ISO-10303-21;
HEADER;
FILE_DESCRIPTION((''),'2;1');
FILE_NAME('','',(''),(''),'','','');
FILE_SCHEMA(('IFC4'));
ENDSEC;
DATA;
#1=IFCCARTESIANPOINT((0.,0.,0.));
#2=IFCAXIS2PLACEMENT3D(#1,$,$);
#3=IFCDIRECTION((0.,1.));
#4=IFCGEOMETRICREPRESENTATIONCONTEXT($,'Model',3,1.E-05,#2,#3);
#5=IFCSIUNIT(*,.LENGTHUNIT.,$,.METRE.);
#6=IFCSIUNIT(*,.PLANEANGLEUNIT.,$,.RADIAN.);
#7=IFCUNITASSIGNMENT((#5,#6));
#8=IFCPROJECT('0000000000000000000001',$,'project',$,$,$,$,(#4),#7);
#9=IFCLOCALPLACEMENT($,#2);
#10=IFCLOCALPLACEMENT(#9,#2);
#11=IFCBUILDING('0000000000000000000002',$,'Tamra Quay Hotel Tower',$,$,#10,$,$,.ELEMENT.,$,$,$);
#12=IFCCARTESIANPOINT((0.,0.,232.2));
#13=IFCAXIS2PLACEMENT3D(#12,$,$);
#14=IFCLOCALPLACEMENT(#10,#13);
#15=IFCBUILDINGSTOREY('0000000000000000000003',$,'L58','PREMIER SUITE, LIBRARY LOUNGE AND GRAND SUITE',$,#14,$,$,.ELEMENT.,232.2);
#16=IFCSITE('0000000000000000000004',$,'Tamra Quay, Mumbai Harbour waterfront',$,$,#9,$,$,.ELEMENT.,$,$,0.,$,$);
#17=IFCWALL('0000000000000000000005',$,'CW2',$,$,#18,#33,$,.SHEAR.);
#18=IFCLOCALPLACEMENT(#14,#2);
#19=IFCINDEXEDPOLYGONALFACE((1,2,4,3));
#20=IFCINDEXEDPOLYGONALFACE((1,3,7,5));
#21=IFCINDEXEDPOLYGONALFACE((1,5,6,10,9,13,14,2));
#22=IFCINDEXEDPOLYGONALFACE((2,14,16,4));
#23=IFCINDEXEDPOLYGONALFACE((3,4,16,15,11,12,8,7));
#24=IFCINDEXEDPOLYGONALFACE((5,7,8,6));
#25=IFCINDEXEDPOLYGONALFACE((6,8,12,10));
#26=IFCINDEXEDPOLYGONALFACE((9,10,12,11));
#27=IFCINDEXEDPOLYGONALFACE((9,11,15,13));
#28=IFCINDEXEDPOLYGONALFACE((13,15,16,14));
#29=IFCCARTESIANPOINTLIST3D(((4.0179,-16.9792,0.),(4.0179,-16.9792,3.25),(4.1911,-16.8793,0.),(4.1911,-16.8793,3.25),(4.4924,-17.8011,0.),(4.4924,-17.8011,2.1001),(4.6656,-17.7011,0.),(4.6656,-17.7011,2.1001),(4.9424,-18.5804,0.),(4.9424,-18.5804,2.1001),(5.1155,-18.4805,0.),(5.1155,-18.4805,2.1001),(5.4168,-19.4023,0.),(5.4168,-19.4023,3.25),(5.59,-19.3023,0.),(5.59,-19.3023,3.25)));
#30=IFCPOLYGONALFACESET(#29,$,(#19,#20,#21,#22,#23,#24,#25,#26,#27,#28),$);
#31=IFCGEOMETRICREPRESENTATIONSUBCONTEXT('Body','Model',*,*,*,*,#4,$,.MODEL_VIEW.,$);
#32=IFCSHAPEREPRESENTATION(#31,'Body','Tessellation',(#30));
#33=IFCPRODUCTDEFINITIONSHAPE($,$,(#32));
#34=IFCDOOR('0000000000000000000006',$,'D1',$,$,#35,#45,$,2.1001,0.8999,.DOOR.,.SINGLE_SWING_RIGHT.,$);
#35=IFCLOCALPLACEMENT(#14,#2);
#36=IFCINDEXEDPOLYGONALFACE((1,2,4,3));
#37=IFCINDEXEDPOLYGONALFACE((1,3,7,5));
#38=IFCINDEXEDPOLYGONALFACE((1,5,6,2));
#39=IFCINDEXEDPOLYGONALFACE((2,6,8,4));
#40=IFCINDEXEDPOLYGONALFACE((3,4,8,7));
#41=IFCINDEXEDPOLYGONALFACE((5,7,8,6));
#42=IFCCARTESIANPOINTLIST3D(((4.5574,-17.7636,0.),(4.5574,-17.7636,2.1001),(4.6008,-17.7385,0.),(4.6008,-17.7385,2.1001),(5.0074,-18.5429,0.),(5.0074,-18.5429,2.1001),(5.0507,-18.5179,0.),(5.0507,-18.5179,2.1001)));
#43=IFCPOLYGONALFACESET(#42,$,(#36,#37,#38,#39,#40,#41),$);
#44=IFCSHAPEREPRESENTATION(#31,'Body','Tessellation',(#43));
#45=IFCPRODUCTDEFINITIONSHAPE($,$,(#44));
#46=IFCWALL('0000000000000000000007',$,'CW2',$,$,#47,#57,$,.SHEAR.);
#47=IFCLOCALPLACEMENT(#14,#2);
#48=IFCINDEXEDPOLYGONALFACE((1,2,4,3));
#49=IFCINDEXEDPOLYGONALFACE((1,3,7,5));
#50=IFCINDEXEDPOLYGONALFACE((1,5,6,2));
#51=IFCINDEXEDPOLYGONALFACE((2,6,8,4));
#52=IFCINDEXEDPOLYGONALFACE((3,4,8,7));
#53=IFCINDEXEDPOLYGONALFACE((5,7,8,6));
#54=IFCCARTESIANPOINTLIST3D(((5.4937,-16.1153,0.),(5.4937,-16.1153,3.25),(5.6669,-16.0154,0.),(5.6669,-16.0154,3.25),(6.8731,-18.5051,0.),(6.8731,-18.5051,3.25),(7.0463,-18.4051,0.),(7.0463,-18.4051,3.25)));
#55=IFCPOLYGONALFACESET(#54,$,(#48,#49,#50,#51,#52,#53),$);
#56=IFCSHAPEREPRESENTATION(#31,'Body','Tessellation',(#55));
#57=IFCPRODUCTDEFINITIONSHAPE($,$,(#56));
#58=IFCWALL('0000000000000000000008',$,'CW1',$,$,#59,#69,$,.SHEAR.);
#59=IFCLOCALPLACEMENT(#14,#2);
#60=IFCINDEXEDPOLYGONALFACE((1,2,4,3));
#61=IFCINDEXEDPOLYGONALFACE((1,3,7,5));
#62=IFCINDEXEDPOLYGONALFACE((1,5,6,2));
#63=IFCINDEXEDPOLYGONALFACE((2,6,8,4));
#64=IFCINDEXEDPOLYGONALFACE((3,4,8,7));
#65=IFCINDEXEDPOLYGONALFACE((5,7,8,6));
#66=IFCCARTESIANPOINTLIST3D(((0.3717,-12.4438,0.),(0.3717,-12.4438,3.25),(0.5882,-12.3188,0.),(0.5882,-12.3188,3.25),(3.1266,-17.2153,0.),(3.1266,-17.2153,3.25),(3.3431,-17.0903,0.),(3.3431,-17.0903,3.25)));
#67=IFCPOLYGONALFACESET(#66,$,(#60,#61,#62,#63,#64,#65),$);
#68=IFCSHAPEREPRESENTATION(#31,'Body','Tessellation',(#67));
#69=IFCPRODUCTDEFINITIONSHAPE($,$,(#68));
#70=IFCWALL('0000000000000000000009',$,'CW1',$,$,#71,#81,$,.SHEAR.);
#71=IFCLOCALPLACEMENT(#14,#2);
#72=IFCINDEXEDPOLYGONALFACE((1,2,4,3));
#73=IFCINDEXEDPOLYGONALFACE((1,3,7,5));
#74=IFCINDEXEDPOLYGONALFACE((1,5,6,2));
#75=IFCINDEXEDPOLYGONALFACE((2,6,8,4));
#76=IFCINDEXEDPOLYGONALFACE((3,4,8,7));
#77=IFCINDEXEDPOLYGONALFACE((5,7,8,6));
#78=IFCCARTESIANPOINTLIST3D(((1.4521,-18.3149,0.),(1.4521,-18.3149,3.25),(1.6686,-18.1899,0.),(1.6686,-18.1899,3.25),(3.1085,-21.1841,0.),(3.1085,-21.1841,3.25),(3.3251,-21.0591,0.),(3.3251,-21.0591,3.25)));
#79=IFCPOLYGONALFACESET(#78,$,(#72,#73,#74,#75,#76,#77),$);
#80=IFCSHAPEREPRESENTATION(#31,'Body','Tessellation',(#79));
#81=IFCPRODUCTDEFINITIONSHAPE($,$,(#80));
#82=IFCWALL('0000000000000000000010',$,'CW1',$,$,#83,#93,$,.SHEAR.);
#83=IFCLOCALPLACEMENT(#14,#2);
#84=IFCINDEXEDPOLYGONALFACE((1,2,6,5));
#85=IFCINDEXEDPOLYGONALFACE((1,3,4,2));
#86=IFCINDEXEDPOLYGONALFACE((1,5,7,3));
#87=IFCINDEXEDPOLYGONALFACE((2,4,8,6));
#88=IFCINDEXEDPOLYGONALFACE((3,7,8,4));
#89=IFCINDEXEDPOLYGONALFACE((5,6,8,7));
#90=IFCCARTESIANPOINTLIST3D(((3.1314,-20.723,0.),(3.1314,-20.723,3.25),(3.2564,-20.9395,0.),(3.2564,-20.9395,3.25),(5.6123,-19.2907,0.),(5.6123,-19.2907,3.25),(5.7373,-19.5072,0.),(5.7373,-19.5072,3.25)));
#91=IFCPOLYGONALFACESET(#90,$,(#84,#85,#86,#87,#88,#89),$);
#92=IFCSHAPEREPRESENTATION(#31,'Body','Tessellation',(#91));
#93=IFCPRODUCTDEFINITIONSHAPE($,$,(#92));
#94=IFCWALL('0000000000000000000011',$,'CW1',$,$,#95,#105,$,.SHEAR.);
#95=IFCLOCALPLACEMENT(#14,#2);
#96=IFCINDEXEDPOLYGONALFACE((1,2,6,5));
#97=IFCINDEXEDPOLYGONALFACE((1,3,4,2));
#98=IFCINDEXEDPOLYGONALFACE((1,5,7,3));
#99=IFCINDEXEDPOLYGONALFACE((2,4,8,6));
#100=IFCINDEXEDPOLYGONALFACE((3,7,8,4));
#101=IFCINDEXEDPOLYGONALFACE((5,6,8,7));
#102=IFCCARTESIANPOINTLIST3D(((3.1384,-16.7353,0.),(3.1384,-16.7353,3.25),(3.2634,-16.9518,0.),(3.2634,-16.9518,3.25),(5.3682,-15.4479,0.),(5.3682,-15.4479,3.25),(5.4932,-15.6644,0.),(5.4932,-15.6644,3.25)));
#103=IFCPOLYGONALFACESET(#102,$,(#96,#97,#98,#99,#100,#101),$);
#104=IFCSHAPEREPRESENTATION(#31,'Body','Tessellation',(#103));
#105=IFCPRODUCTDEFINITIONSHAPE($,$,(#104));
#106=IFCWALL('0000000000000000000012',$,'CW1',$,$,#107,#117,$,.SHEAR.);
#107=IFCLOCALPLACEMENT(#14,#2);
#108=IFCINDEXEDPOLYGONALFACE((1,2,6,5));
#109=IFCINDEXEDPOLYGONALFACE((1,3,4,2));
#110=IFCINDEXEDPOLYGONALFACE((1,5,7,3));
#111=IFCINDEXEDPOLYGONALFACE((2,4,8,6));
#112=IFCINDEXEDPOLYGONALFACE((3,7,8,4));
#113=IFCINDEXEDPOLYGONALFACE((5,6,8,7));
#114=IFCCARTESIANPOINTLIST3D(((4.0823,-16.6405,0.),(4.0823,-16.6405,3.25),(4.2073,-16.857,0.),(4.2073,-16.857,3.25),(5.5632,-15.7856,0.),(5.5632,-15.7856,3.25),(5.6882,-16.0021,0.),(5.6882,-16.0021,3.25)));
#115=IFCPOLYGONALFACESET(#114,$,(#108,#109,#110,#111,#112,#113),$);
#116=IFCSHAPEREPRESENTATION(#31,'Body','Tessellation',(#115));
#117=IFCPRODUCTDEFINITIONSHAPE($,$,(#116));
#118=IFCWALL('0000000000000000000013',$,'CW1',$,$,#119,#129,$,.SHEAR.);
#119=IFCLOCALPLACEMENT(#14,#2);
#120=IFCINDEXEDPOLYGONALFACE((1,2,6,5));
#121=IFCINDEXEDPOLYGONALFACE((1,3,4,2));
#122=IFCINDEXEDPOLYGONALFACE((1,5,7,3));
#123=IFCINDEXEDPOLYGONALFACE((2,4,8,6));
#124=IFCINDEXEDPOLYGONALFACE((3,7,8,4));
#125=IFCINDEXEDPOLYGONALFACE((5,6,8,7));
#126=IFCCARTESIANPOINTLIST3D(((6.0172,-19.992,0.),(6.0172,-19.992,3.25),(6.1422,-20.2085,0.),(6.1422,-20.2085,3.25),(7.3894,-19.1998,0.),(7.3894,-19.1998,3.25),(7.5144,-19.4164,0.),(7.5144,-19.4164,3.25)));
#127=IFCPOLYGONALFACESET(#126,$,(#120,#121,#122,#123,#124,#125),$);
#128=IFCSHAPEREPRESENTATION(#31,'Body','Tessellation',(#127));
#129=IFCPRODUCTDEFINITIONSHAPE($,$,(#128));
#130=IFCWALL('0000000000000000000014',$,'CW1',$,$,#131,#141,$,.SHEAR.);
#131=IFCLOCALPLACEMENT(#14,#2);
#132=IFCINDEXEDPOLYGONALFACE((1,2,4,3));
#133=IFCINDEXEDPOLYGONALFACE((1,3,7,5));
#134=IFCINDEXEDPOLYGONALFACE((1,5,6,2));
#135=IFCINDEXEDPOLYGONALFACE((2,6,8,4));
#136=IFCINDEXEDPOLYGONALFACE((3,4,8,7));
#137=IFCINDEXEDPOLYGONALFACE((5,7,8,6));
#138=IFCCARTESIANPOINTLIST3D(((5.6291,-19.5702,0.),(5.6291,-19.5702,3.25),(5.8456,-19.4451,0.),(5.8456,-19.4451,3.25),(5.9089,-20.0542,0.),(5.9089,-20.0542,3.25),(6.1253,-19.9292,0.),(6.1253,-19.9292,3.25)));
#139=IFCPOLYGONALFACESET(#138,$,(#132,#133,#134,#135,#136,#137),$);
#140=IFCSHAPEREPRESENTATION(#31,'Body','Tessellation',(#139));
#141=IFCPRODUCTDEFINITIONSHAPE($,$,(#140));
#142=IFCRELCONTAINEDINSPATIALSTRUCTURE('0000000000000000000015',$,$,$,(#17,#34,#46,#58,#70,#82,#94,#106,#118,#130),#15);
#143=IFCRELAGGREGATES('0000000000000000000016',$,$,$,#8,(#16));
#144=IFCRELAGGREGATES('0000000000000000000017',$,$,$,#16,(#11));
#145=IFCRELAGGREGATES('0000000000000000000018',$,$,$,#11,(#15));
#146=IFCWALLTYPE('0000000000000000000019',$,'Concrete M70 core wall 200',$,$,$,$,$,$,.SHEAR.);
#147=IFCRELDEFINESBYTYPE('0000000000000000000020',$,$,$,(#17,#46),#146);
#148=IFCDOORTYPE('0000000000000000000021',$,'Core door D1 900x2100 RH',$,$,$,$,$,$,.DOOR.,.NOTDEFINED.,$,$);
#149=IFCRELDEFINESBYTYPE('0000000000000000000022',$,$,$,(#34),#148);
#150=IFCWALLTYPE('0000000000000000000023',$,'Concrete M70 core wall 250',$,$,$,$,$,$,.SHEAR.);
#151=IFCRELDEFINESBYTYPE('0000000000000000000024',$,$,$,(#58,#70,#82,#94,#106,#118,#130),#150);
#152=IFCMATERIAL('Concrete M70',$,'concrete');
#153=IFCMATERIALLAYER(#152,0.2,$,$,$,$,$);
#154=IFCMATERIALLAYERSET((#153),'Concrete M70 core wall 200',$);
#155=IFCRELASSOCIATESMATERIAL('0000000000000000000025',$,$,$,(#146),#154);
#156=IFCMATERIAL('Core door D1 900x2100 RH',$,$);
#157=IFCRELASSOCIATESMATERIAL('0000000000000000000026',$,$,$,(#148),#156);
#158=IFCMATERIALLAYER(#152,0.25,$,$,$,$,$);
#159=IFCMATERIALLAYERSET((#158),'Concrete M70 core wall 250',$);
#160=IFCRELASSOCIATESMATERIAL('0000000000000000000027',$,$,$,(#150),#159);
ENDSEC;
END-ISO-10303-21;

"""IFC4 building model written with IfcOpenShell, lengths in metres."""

from ifc_helpers import new_model, si_unit, direction, frame, frame_2d, origin, place, context, subcontext, project, spatial, rectangle, extrude, material, layer, layer_set, type_object, element, fill, save


model = new_model("IFC4")

# Units and contexts
model_context = context("Model", 3, precision=1e-05, world=origin(), true_north=direction((0.0, 1.0)))
body_context = subcontext(model_context, "Body", "Model", "MODEL_VIEW")
ifc_project = project(units=[si_unit("LENGTHUNIT", "METRE"), si_unit("PLANEANGLEUNIT", "RADIAN")], contexts=[model_context])

# Site, building, storey
site_placement = place(None, origin())
site = spatial("IfcSite", under=ifc_project, at=site_placement, Name="Tamra Quay, Mumbai Harbour waterfront", CompositionType="ELEMENT", RefElevation=0.0)
building_placement = place(site_placement, origin())
building = spatial("IfcBuilding", under=site, at=building_placement, Name="Tamra Quay Hotel Tower", CompositionType="ELEMENT")
storey_placement = place(building_placement, frame((0.0, 0.0, 232.2)))
storey = spatial("IfcBuildingStorey", under=building, at=storey_placement, Name="L58", Description="PREMIER SUITE, LIBRARY LOUNGE AND GRAND SUITE", CompositionType="ELEMENT", Elevation=232.2)

# Shared definitions
ifc_material_1 = material(Name="Concrete M70", Category="concrete")

# Shared definitions
ifc_layer_1 = layer(ifc_material_1, 0.2)
ifc_layer_set_1 = layer_set([ifc_layer_1], Name="Concrete M70 core wall 200")
wall_type_1 = type_object("IfcWallType", Name="Concrete M70 core wall 200", PredefinedType="SHEAR", material=ifc_layer_set_1)

# Wall, opening, door
wall_1_placement = place(storey_placement, frame((5.5034, -19.3523, 0.0), z_axis=(0.0, 0.0, 1.0), x_axis=(-0.499987, 0.866033, 0.0)))
wall_1 = element("IfcWall", 1, at=wall_1_placement, inside=storey, type_object=wall_type_1, Name="CW2", PredefinedType="SHEAR", context=body_context, shape_type="SweptSolid", body=[
    extrude(rectangle(XDim=2.7979, YDim=0.2, at=frame_2d((1.3989, 0.0))), origin(), (0.0, 0.0, 1.0), 3.25),
])
opening_1_placement = place(wall_1_placement, frame((0.949, 0.0, 0.0)))
opening_1 = element("IfcOpeningElement", 2, at=opening_1_placement, cuts=wall_1, PredefinedType="OPENING", context=body_context, shape_type="SweptSolid", body=[
    extrude(rectangle(XDim=0.8999, YDim=2.1001, at=frame_2d((0.45, 1.05))), frame((0.0, 0.1099, 0.0), z_axis=(0.0, -1.0, 0.0), x_axis=(1.0, 0.0, 0.0)), (0.0, 0.0, 1.0), 0.22),
])
ifc_material_2 = material(Name="Core door D1 900x2100 RH")
door_type_1 = type_object("IfcDoorType", Name="Core door D1 900x2100 RH", OperationType="NOTDEFINED", PredefinedType="DOOR", material=ifc_material_2)
door_1_placement = place(opening_1_placement, origin())
door_1 = element("IfcDoor", 3, at=door_1_placement, inside=storey, type_object=door_type_1, Name="D1", OperationType="SINGLE_SWING_RIGHT", OverallHeight=2.1001, OverallWidth=0.8999, PredefinedType="DOOR", context=body_context, shape_type="SweptSolid", body=[
    extrude(rectangle(XDim=0.8999, YDim=2.1001, at=frame_2d((0.45, 1.05))), frame((0.0, 0.0249, 0.0), z_axis=(0.0, -1.0, 0.0), x_axis=(1.0, 0.0, 0.0)), (0.0, 0.0, 1.0), 0.05),
])
fill(opening_1, door_1)

# Walls
wall_2_placement = place(storey_placement, frame((6.9597, -18.4551, 0.0), z_axis=(0.0, 0.0, 1.0), x_axis=(-0.499927, 0.866068, 0.0)))
element("IfcWall", 4, at=wall_2_placement, inside=storey, type_object=wall_type_1, Name="CW2", PredefinedType="SHEAR", context=body_context, shape_type="SweptSolid", body=[
    extrude(rectangle(XDim=2.7593, YDim=0.2, at=frame_2d((1.3796, 0.0))), origin(), (0.0, 0.0, 1.0), 3.25),
])
ifc_layer_2 = layer(ifc_material_1, 0.25)
ifc_layer_set_2 = layer_set([ifc_layer_2], Name="Concrete M70 core wall 250")
wall_type_2 = type_object("IfcWallType", Name="Concrete M70 core wall 250", PredefinedType="SHEAR", material=ifc_layer_set_2)
wall_3_placement = place(storey_placement, frame((3.2349, -17.1528, 0.0), z_axis=(0.0, 0.0, 1.0), x_axis=(-0.500009, 0.86602, 0.0)))
element("IfcWall", 5, at=wall_3_placement, inside=storey, type_object=wall_type_2, Name="CW1", PredefinedType="SHEAR", context=body_context, shape_type="SweptSolid", body=[
    extrude(rectangle(XDim=5.5098, YDim=0.25, at=frame_2d((2.7549, 0.0))), origin(), (0.0, 0.0, 1.0), 3.25),
])
wall_4_placement = place(storey_placement, frame((3.2168, -21.1216, 0.0), z_axis=(0.0, 0.0, 1.0), x_axis=(-0.499999, 0.866026, 0.0)))
element("IfcWall", 6, at=wall_4_placement, inside=storey, type_object=wall_type_2, Name="CW1", PredefinedType="SHEAR", context=body_context, shape_type="SweptSolid", body=[
    extrude(rectangle(XDim=3.313, YDim=0.25, at=frame_2d((1.6565, 0.0))), origin(), (0.0, 0.0, 1.0), 3.25),
])
wall_5_placement = place(storey_placement, frame((5.6748, -19.3989, 0.0), z_axis=(0.0, 0.0, 1.0), x_axis=(-0.866027, -0.499998, 0.0)))
element("IfcWall", 7, at=wall_5_placement, inside=storey, type_object=wall_type_2, Name="CW1", PredefinedType="SHEAR", context=body_context, shape_type="SweptSolid", body=[
    extrude(rectangle(XDim=2.8647, YDim=0.25, at=frame_2d((1.4324, 0.0))), origin(), (0.0, 0.0, 1.0), 3.25),
])
wall_6_placement = place(storey_placement, frame((5.4307, -15.5562, 0.0), z_axis=(0.0, 0.0, 1.0), x_axis=(-0.866023, -0.500004, 0.0)))
element("IfcWall", 8, at=wall_6_placement, inside=storey, type_object=wall_type_2, Name="CW1", PredefinedType="SHEAR", context=body_context, shape_type="SweptSolid", body=[
    extrude(rectangle(XDim=2.5747, YDim=0.25, at=frame_2d((1.2874, 0.0))), origin(), (0.0, 0.0, 1.0), 3.25),
])
wall_7_placement = place(storey_placement, frame((4.1448, -16.7488, 0.0), z_axis=(0.0, 0.0, 1.0), x_axis=(0.866038, 0.499978, 0.0)))
element("IfcWall", 9, at=wall_7_placement, inside=storey, type_object=wall_type_2, Name="CW1", PredefinedType="SHEAR", context=body_context, shape_type="SweptSolid", body=[
    extrude(rectangle(XDim=1.71, YDim=0.25, at=frame_2d((0.855, 0.0))), origin(), (0.0, 0.0, 1.0), 3.25),
])
wall_8_placement = place(storey_placement, frame((7.4519, -19.3081, 0.0), z_axis=(0.0, 0.0, 1.0), x_axis=(-0.866044, -0.499967, 0.0)))
element("IfcWall", 10, at=wall_8_placement, inside=storey, type_object=wall_type_2, Name="CW1", PredefinedType="SHEAR", context=body_context, shape_type="SweptSolid", body=[
    extrude(rectangle(XDim=1.5845, YDim=0.25, at=frame_2d((0.7922, 0.0))), origin(), (0.0, 0.0, 1.0), 3.25),
])
wall_9_placement = place(storey_placement, frame((6.0171, -19.9917, 0.0), z_axis=(0.0, 0.0, 1.0), x_axis=(-0.500365, 0.865815, 0.0)))
element("IfcWall", 11, at=wall_9_placement, inside=storey, type_object=wall_type_2, Name="CW1", PredefinedType="SHEAR", context=body_context, shape_type="SweptSolid", body=[
    extrude(rectangle(XDim=0.5591, YDim=0.25, at=frame_2d((0.2795, 0.0))), origin(), (0.0, 0.0, 1.0), 3.25),
])

save(model, "model.ifc")
